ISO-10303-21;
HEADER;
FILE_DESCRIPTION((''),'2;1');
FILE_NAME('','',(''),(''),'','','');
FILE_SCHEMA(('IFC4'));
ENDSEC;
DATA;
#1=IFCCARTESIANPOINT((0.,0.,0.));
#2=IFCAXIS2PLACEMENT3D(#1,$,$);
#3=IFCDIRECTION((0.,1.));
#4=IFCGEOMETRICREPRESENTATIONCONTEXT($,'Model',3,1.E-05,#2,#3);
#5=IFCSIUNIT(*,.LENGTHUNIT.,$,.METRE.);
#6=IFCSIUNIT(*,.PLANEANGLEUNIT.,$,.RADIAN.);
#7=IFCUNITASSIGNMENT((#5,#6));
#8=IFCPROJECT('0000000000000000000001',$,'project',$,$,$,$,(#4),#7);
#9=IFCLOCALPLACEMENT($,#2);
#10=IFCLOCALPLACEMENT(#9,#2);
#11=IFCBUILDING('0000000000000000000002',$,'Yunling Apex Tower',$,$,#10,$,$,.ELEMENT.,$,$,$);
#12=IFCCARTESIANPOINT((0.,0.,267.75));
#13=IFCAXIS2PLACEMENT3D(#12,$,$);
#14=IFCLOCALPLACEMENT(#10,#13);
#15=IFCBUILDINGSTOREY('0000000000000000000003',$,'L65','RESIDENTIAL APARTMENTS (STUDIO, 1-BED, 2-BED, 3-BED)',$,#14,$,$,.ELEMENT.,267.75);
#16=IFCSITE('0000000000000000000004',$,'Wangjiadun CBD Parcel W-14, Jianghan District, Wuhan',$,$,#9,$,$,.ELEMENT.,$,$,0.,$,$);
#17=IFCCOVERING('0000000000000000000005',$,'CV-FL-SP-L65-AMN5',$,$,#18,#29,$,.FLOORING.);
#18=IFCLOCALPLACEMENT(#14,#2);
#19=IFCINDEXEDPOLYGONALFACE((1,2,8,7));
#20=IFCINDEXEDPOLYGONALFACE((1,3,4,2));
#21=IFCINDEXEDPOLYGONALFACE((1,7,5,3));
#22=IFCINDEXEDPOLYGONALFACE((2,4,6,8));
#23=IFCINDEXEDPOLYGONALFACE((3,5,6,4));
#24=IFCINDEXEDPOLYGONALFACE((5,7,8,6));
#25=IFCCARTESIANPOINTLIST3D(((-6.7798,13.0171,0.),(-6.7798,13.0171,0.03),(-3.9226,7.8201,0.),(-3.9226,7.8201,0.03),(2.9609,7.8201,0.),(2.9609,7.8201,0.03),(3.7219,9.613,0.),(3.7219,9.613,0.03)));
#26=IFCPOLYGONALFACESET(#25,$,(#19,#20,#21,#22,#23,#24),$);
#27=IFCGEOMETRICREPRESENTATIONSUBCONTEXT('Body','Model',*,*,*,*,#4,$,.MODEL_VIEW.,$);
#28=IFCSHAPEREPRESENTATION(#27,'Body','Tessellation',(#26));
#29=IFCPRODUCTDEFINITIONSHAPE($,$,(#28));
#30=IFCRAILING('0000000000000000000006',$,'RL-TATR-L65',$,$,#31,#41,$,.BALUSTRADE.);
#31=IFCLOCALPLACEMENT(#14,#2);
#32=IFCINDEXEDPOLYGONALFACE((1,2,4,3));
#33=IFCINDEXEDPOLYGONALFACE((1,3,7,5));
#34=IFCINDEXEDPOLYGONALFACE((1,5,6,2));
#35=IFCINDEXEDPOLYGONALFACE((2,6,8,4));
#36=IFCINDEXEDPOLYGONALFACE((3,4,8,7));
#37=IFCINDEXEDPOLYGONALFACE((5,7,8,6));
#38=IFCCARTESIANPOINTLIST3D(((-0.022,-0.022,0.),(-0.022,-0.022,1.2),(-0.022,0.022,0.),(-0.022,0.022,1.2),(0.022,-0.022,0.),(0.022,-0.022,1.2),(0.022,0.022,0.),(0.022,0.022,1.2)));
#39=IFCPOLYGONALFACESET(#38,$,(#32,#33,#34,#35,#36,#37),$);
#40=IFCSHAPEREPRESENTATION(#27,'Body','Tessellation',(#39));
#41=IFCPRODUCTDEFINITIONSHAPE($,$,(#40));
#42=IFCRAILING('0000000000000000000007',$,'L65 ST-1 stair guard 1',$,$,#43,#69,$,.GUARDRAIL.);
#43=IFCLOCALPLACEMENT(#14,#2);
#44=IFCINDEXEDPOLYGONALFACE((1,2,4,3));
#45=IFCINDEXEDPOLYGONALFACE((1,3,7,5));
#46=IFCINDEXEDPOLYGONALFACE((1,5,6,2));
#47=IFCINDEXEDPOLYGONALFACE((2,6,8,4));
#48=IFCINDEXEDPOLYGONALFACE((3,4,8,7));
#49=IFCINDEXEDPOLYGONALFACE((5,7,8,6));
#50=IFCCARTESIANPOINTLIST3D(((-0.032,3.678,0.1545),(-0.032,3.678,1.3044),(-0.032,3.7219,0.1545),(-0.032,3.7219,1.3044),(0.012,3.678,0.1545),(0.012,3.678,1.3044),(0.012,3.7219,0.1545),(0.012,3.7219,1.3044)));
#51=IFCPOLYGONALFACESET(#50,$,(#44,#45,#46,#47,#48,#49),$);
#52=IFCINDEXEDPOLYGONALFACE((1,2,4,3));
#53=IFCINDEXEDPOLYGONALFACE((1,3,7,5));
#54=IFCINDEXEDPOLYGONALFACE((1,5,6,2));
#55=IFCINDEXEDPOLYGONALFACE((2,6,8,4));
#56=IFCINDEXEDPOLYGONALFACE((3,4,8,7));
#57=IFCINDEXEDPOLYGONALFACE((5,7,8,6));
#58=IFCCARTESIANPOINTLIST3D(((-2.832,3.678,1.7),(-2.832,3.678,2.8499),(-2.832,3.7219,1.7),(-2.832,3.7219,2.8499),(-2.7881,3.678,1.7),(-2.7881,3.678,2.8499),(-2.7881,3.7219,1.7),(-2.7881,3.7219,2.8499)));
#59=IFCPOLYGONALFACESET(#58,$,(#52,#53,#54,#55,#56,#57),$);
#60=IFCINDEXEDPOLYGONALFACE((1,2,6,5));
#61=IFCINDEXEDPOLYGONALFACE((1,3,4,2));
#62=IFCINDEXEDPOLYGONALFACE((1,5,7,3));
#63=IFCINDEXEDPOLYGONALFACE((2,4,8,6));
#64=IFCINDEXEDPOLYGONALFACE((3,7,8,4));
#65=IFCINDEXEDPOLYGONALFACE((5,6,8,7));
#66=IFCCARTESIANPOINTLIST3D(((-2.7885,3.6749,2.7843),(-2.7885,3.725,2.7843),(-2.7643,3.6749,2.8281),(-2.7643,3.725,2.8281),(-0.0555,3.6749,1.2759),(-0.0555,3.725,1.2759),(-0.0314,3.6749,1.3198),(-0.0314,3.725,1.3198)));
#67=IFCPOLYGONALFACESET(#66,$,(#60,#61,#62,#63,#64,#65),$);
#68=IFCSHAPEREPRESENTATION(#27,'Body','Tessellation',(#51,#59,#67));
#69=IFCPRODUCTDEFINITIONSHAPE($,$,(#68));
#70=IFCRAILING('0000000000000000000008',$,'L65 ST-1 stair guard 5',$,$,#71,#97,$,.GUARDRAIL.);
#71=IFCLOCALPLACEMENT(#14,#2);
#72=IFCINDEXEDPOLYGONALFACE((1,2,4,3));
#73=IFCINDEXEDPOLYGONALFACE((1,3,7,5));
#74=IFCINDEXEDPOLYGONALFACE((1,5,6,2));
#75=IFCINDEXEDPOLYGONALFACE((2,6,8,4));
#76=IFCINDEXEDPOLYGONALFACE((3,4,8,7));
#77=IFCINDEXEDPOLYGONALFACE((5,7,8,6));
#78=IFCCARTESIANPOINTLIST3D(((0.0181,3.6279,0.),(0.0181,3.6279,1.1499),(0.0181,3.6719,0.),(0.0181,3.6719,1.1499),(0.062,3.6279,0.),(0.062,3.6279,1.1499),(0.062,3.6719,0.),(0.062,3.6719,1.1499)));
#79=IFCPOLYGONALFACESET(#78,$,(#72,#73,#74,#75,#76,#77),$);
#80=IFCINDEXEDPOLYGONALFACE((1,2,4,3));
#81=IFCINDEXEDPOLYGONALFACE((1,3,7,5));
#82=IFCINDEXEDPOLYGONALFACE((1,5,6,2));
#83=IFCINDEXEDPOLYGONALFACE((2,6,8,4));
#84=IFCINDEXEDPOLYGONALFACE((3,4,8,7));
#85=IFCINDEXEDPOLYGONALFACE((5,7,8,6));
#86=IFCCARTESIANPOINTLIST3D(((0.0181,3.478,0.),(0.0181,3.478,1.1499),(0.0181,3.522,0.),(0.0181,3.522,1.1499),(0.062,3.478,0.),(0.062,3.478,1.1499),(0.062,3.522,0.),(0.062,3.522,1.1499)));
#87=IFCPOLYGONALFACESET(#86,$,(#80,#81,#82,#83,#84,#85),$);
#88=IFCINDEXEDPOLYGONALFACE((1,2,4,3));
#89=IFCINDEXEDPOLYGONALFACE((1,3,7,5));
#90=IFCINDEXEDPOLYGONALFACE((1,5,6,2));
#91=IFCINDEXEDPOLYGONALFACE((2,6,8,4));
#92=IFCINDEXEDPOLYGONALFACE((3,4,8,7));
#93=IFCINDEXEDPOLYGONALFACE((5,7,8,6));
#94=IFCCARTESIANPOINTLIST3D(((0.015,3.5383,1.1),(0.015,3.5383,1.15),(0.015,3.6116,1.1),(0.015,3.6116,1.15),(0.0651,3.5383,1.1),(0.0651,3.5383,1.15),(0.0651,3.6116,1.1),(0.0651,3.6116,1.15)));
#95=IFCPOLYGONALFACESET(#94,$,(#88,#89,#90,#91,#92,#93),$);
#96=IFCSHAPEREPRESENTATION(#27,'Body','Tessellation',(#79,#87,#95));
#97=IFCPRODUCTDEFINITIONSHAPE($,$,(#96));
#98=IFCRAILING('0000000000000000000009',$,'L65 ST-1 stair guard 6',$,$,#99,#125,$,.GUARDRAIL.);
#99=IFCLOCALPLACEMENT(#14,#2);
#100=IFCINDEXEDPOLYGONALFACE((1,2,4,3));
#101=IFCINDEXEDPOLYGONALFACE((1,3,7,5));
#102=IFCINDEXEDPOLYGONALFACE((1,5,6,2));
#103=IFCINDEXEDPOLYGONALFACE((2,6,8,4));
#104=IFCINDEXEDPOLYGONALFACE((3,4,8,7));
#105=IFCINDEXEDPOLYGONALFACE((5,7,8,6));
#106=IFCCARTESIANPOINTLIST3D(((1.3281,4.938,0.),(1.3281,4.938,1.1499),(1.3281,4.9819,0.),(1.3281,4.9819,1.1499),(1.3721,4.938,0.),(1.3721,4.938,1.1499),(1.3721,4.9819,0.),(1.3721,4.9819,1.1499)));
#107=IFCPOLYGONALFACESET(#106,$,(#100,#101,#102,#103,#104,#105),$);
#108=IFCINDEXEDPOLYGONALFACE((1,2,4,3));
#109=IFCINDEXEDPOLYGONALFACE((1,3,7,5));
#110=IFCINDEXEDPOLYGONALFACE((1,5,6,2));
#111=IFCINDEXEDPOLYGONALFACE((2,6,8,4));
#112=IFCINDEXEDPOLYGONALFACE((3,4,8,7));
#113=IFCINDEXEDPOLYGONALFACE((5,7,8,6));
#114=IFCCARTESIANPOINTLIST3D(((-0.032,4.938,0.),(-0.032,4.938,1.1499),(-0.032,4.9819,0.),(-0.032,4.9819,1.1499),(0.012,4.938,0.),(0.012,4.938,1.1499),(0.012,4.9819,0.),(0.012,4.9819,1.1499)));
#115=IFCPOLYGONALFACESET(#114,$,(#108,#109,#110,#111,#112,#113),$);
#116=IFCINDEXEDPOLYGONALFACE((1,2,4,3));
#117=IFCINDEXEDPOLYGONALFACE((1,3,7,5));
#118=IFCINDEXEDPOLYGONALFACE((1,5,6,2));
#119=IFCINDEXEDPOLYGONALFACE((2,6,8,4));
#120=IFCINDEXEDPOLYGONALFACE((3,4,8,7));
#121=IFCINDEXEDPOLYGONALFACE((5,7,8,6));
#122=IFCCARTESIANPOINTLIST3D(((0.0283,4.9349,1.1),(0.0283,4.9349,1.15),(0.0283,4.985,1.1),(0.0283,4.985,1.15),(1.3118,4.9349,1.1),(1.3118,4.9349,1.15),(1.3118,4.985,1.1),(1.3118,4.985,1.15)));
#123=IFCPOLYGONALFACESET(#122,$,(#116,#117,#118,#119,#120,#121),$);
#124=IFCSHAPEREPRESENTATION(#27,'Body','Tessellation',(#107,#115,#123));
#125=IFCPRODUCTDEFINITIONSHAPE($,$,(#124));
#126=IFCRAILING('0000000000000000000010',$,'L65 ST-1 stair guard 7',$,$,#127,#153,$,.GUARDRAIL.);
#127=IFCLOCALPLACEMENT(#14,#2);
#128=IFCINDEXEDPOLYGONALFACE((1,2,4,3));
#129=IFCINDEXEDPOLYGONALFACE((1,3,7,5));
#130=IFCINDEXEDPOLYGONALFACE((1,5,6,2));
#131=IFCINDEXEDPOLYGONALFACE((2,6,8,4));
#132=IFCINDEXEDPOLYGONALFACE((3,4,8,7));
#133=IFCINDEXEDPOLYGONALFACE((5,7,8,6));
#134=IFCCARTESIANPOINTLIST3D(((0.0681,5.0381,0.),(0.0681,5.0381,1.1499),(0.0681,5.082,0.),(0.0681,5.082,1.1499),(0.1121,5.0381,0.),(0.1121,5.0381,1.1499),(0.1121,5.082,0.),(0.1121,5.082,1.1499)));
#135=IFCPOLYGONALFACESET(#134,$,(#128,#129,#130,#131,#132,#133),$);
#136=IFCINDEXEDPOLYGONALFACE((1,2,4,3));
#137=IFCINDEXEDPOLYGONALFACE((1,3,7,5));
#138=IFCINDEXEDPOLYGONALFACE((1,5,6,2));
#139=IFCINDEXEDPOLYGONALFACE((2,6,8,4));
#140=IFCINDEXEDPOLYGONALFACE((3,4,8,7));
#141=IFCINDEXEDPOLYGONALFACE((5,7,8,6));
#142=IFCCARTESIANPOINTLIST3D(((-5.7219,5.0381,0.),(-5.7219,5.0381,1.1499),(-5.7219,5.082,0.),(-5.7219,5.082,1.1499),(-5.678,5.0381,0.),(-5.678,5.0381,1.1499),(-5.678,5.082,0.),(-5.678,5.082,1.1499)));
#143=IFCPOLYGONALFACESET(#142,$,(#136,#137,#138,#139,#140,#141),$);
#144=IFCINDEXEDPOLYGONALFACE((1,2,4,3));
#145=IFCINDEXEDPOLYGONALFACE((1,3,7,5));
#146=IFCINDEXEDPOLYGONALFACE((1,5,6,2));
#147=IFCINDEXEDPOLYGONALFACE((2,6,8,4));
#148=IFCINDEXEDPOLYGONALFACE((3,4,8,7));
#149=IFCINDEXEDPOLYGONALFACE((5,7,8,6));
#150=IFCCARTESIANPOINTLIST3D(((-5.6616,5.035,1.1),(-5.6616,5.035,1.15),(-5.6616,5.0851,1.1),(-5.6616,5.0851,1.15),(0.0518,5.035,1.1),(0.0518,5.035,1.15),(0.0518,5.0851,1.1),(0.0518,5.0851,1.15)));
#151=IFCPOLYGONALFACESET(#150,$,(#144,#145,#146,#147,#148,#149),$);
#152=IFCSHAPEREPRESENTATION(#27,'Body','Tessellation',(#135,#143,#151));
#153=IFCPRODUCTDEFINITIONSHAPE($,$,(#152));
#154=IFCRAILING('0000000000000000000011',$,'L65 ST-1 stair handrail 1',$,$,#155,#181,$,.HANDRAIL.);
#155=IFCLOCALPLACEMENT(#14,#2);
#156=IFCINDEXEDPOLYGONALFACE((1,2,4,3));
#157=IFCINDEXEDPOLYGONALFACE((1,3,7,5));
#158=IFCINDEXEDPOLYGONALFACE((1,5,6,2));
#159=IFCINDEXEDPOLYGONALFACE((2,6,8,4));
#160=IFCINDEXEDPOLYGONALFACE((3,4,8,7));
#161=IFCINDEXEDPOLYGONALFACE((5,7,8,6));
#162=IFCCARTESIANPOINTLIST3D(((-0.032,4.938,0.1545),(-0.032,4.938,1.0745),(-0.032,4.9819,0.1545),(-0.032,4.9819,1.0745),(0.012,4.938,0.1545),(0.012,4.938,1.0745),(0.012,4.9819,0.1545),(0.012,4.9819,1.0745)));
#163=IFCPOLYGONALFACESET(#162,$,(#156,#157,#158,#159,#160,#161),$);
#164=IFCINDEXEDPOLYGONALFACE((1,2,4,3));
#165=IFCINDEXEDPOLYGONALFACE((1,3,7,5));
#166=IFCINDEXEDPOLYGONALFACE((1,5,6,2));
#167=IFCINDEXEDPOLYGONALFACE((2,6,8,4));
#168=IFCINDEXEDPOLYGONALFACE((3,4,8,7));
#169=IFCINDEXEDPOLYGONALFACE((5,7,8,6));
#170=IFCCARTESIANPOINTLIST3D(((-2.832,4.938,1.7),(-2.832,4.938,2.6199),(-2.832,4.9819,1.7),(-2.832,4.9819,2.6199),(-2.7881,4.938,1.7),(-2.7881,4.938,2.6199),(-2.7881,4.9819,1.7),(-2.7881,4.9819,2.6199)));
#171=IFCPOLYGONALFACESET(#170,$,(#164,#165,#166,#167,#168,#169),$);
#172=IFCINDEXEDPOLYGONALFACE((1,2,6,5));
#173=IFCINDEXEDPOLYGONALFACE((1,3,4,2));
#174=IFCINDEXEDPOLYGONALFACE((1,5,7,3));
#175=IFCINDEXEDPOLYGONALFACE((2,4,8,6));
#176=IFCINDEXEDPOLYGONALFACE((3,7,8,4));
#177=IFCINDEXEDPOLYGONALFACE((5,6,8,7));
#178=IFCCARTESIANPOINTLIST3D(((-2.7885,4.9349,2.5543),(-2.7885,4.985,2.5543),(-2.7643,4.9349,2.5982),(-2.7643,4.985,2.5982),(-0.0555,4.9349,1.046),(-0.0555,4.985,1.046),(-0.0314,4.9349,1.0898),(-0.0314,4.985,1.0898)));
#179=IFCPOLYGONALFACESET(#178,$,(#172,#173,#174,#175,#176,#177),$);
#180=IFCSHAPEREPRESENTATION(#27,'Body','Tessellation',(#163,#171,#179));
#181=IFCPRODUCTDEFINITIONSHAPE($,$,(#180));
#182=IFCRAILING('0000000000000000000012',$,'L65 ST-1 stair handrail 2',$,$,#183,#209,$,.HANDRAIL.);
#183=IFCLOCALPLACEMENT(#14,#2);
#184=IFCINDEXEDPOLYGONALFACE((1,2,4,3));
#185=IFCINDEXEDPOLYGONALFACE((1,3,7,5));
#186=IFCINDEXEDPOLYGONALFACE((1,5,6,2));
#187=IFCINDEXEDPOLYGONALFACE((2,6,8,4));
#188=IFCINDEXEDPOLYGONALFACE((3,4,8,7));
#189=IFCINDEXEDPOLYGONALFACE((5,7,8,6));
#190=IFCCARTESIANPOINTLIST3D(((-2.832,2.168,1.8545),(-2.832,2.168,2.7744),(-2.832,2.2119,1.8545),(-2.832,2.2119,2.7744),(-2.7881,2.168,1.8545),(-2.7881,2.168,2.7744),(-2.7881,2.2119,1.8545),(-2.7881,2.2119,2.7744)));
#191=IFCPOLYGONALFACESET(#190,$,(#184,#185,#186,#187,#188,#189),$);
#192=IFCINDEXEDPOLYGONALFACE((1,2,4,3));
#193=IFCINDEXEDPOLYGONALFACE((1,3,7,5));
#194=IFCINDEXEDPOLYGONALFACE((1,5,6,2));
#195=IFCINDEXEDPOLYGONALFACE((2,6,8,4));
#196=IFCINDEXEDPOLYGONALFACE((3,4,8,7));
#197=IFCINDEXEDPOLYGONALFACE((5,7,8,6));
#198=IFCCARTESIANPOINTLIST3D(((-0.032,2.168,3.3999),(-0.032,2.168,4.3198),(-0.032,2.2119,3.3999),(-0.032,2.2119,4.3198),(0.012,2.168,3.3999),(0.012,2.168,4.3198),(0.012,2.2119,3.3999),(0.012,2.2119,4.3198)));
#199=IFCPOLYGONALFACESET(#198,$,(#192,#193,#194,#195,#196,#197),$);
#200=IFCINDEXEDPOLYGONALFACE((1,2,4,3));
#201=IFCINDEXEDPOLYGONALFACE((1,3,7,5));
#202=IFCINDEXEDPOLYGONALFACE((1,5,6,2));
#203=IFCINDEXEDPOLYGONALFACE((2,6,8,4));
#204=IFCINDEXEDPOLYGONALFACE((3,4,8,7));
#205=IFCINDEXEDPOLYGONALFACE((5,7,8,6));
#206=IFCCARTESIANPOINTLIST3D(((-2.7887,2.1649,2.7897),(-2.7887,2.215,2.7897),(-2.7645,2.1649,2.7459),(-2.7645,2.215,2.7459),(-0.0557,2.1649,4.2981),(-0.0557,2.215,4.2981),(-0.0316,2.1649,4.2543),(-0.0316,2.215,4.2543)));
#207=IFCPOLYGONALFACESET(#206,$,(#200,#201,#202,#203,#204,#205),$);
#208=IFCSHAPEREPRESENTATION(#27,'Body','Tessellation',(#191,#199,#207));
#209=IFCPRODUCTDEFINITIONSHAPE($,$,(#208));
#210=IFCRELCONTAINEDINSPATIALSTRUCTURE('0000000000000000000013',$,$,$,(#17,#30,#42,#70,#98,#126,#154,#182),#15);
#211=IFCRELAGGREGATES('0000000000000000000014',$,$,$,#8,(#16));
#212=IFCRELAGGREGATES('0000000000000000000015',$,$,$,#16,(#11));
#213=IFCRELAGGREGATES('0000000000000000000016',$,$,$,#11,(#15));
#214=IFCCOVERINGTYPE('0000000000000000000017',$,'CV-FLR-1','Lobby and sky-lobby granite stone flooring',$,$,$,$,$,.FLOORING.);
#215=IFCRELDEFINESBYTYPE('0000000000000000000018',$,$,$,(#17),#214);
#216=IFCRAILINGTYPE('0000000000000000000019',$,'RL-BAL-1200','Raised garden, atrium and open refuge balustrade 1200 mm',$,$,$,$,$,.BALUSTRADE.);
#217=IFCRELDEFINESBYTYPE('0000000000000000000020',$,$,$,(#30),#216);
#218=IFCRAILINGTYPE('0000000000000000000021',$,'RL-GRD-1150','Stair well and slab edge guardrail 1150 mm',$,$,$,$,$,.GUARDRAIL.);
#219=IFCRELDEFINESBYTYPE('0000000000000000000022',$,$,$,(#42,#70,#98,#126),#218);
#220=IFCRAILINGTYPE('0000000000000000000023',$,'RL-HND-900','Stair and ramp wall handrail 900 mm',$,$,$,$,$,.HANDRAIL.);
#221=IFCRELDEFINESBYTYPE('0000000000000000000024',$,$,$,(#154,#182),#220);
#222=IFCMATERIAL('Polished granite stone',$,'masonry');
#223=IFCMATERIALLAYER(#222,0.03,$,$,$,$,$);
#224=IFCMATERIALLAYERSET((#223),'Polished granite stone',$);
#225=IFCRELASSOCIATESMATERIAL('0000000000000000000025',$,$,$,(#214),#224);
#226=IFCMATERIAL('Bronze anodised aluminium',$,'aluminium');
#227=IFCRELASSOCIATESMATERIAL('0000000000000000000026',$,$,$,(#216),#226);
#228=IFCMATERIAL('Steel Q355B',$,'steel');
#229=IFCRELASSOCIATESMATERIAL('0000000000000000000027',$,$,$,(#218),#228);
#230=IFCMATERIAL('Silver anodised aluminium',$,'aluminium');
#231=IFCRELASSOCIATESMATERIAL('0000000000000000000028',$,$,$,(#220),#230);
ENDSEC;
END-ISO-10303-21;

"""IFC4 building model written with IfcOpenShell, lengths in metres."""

from ifc_helpers import new_model, si_unit, direction, frame, origin, origin_2d, place, context, subcontext, project, spatial, polyline, rectangle, outline, extrude, material, layer, layer_set, type_object, element, save


model = new_model("IFC4")

# Units and contexts
model_context = context("Model", 3, precision=1e-05, world=origin(), true_north=direction((0.0, 1.0)))
body_context = subcontext(model_context, "Body", "Model", "MODEL_VIEW")
ifc_project = project(units=[si_unit("LENGTHUNIT", "METRE"), si_unit("PLANEANGLEUNIT", "RADIAN")], contexts=[model_context])

# Site, building, storey
site_placement = place(None, origin())
site = spatial("IfcSite", under=ifc_project, at=site_placement, Name="Wangjiadun CBD Parcel W-14, Jianghan District, Wuhan", CompositionType="ELEMENT", RefElevation=0.0)
building_placement = place(site_placement, origin())
building = spatial("IfcBuilding", under=site, at=building_placement, Name="Yunling Apex Tower", CompositionType="ELEMENT")
storey_placement = place(building_placement, frame((0.0, 0.0, 267.75)))
storey = spatial("IfcBuildingStorey", under=building, at=storey_placement, Name="L65", Description="RESIDENTIAL APARTMENTS (STUDIO, 1-BED, 2-BED, 3-BED)", CompositionType="ELEMENT", Elevation=267.75)

# Shared definitions
ifc_material_1 = material(Name="Steel Q355B", Category="steel")

# Shared definitions
ifc_material_2 = material(Name="Bronze anodised aluminium", Category="aluminium")

# Covering
ifc_material_3 = material(Name="Polished granite stone", Category="masonry")
ifc_layer_1 = layer(ifc_material_3, 0.03)
ifc_layer_set_1 = layer_set([ifc_layer_1], Name="Polished granite stone")
covering_type_1 = type_object("IfcCoveringType", Name="CV-FLR-1", Description="Lobby and sky-lobby granite stone flooring", PredefinedType="FLOORING", material=ifc_layer_set_1)
covering_1_placement = place(storey_placement, origin())
element("IfcCovering", 1, at=covering_1_placement, inside=storey, type_object=covering_type_1, Name="CV-FL-SP-L65-AMN5", PredefinedType="FLOORING", context=body_context, shape_type="SweptSolid", body=[
    extrude(outline(polyline([(-6.7798, 13.0171), (3.7219, 9.613), (2.9609, 7.8201), (-3.9226, 7.8201), (-6.7798, 13.0171)])), origin(), (0.0, 0.0, 1.0), 0.03),
])

# Railings
railing_type_1 = type_object("IfcRailingType", Name="RL-BAL-1200", Description="Raised garden, atrium and open refuge balustrade 1200 mm", PredefinedType="BALUSTRADE", material=ifc_material_2)
railing_1_placement = place(storey_placement, origin())
element("IfcRailing", 2, at=railing_1_placement, inside=storey, type_object=railing_type_1, Name="RL-TATR-L65", PredefinedType="BALUSTRADE", context=body_context, shape_type="SweptSolid", body=[
    extrude(rectangle(XDim=0.0439, YDim=0.0439, at=origin_2d()), origin(), (0.0, 0.0, 1.0), 1.2),
])
railing_type_2 = type_object("IfcRailingType", Name="RL-GRD-1150", Description="Stair well and slab edge guardrail 1150 mm", PredefinedType="GUARDRAIL", material=ifc_material_1)
railing_2_placement = place(storey_placement, frame((-0.01, 3.7, 0.1545)))
element("IfcRailing", 3, at=railing_2_placement, inside=storey, type_object=railing_type_2, Name="L65 ST-1 stair guard 1", PredefinedType="GUARDRAIL", context=body_context, shape_type="SweptSolid", body=[
    extrude(rectangle(XDim=0.0439, YDim=0.0439, at=origin_2d()), origin(), (0.0, 0.0, 1.0), 1.1499),
    extrude(rectangle(XDim=0.0439, YDim=0.0439, at=origin_2d()), frame((-2.8, 0.0, 1.5454)), (0.0, 0.0, 1.0), 1.1499),
    extrude(rectangle(XDim=0.05, YDim=0.05, at=origin_2d()), frame((-0.0334, 0.0, 1.1433), z_axis=(-0.875504, 0.0, 0.483211), x_axis=(0.0, -1.0, 0.0)), (0.0, 0.0, 1.0), 3.1216),
])
railing_3_placement = place(storey_placement, frame((0.04, 3.6499, 0.0)))
element("IfcRailing", 4, at=railing_3_placement, inside=storey, type_object=railing_type_2, Name="L65 ST-1 stair guard 5", PredefinedType="GUARDRAIL", context=body_context, shape_type="SweptSolid", body=[
    extrude(rectangle(XDim=0.0439, YDim=0.0439, at=origin_2d()), origin(), (0.0, 0.0, 1.0), 1.1499),
    extrude(rectangle(XDim=0.0439, YDim=0.0439, at=origin_2d()), frame((0.0, -0.1499, 0.0)), (0.0, 0.0, 1.0), 1.1499),
    extrude(rectangle(XDim=0.05, YDim=0.05, at=origin_2d()), frame((0.0, -0.0383, 1.125), z_axis=(0.0, -1.0, 0.0), x_axis=(1.0, 0.0, 0.0)), (0.0, 0.0, 1.0), 0.0732),
])
railing_4_placement = place(storey_placement, frame((1.3501, 4.96, 0.0)))
element("IfcRailing", 5, at=railing_4_placement, inside=storey, type_object=railing_type_2, Name="L65 ST-1 stair guard 6", PredefinedType="GUARDRAIL", context=body_context, shape_type="SweptSolid", body=[
    extrude(rectangle(XDim=0.0439, YDim=0.0439, at=origin_2d()), origin(), (0.0, 0.0, 1.0), 1.1499),
    extrude(rectangle(XDim=0.0439, YDim=0.0439, at=origin_2d()), frame((-1.3601, 0.0, 0.0)), (0.0, 0.0, 1.0), 1.1499),
    extrude(rectangle(XDim=0.05, YDim=0.05, at=origin_2d()), frame((-0.0383, 0.0, 1.125), z_axis=(-1.0, 0.0, 0.0), x_axis=(0.0, -1.0, 0.0)), (0.0, 0.0, 1.0), 1.2834),
])
railing_5_placement = place(storey_placement, frame((0.0901, 5.0601, 0.0)))
element("IfcRailing", 6, at=railing_5_placement, inside=storey, type_object=railing_type_2, Name="L65 ST-1 stair guard 7", PredefinedType="GUARDRAIL", context=body_context, shape_type="SweptSolid", body=[
    extrude(rectangle(XDim=0.0439, YDim=0.0439, at=origin_2d()), origin(), (0.0, 0.0, 1.0), 1.1499),
    extrude(rectangle(XDim=0.0439, YDim=0.0439, at=origin_2d()), frame((-5.79, 0.0, 0.0)), (0.0, 0.0, 1.0), 1.1499),
    extrude(rectangle(XDim=0.05, YDim=0.05, at=origin_2d()), frame((-0.0383, 0.0, 1.125), z_axis=(-1.0, 0.0, 0.0), x_axis=(0.0, -1.0, 0.0)), (0.0, 0.0, 1.0), 5.7134),
])
ifc_material_4 = material(Name="Silver anodised aluminium", Category="aluminium")
railing_type_3 = type_object("IfcRailingType", Name="RL-HND-900", Description="Stair and ramp wall handrail 900 mm", PredefinedType="HANDRAIL", material=ifc_material_4)
railing_6_placement = place(storey_placement, frame((-0.01, 4.96, 0.1545)))
element("IfcRailing", 7, at=railing_6_placement, inside=storey, type_object=railing_type_3, Name="L65 ST-1 stair handrail 1", PredefinedType="HANDRAIL", context=body_context, shape_type="SweptSolid", body=[
    extrude(rectangle(XDim=0.0439, YDim=0.0439, at=origin_2d()), origin(), (0.0, 0.0, 1.0), 0.9199),
    extrude(rectangle(XDim=0.0439, YDim=0.0439, at=origin_2d()), frame((-2.8, 0.0, 1.5454)), (0.0, 0.0, 1.0), 0.9199),
    extrude(rectangle(XDim=0.05, YDim=0.05, at=origin_2d()), frame((-0.0334, 0.0, 0.9133), z_axis=(-0.875504, 0.0, 0.483211), x_axis=(0.0, -1.0, 0.0)), (0.0, 0.0, 1.0), 3.1216),
])
railing_7_placement = place(storey_placement, frame((-2.8101, 2.1899, 1.8545)))
element("IfcRailing", 8, at=railing_7_placement, inside=storey, type_object=railing_type_3, Name="L65 ST-1 stair handrail 2", PredefinedType="HANDRAIL", context=body_context, shape_type="SweptSolid", body=[
    extrude(rectangle(XDim=0.0439, YDim=0.0439, at=origin_2d()), origin(), (0.0, 0.0, 1.0), 0.9199),
    extrude(rectangle(XDim=0.0439, YDim=0.0439, at=origin_2d()), frame((2.8, 0.0, 1.5454)), (0.0, 0.0, 1.0), 0.9199),
    extrude(rectangle(XDim=0.05, YDim=0.05, at=origin_2d()), frame((0.0334, 0.0, 0.9133), z_axis=(0.875504, 0.0, 0.483211), x_axis=(0.0, 1.0, 0.0)), (0.0, 0.0, 1.0), 3.1216),
])

save(model, "model.ifc")
